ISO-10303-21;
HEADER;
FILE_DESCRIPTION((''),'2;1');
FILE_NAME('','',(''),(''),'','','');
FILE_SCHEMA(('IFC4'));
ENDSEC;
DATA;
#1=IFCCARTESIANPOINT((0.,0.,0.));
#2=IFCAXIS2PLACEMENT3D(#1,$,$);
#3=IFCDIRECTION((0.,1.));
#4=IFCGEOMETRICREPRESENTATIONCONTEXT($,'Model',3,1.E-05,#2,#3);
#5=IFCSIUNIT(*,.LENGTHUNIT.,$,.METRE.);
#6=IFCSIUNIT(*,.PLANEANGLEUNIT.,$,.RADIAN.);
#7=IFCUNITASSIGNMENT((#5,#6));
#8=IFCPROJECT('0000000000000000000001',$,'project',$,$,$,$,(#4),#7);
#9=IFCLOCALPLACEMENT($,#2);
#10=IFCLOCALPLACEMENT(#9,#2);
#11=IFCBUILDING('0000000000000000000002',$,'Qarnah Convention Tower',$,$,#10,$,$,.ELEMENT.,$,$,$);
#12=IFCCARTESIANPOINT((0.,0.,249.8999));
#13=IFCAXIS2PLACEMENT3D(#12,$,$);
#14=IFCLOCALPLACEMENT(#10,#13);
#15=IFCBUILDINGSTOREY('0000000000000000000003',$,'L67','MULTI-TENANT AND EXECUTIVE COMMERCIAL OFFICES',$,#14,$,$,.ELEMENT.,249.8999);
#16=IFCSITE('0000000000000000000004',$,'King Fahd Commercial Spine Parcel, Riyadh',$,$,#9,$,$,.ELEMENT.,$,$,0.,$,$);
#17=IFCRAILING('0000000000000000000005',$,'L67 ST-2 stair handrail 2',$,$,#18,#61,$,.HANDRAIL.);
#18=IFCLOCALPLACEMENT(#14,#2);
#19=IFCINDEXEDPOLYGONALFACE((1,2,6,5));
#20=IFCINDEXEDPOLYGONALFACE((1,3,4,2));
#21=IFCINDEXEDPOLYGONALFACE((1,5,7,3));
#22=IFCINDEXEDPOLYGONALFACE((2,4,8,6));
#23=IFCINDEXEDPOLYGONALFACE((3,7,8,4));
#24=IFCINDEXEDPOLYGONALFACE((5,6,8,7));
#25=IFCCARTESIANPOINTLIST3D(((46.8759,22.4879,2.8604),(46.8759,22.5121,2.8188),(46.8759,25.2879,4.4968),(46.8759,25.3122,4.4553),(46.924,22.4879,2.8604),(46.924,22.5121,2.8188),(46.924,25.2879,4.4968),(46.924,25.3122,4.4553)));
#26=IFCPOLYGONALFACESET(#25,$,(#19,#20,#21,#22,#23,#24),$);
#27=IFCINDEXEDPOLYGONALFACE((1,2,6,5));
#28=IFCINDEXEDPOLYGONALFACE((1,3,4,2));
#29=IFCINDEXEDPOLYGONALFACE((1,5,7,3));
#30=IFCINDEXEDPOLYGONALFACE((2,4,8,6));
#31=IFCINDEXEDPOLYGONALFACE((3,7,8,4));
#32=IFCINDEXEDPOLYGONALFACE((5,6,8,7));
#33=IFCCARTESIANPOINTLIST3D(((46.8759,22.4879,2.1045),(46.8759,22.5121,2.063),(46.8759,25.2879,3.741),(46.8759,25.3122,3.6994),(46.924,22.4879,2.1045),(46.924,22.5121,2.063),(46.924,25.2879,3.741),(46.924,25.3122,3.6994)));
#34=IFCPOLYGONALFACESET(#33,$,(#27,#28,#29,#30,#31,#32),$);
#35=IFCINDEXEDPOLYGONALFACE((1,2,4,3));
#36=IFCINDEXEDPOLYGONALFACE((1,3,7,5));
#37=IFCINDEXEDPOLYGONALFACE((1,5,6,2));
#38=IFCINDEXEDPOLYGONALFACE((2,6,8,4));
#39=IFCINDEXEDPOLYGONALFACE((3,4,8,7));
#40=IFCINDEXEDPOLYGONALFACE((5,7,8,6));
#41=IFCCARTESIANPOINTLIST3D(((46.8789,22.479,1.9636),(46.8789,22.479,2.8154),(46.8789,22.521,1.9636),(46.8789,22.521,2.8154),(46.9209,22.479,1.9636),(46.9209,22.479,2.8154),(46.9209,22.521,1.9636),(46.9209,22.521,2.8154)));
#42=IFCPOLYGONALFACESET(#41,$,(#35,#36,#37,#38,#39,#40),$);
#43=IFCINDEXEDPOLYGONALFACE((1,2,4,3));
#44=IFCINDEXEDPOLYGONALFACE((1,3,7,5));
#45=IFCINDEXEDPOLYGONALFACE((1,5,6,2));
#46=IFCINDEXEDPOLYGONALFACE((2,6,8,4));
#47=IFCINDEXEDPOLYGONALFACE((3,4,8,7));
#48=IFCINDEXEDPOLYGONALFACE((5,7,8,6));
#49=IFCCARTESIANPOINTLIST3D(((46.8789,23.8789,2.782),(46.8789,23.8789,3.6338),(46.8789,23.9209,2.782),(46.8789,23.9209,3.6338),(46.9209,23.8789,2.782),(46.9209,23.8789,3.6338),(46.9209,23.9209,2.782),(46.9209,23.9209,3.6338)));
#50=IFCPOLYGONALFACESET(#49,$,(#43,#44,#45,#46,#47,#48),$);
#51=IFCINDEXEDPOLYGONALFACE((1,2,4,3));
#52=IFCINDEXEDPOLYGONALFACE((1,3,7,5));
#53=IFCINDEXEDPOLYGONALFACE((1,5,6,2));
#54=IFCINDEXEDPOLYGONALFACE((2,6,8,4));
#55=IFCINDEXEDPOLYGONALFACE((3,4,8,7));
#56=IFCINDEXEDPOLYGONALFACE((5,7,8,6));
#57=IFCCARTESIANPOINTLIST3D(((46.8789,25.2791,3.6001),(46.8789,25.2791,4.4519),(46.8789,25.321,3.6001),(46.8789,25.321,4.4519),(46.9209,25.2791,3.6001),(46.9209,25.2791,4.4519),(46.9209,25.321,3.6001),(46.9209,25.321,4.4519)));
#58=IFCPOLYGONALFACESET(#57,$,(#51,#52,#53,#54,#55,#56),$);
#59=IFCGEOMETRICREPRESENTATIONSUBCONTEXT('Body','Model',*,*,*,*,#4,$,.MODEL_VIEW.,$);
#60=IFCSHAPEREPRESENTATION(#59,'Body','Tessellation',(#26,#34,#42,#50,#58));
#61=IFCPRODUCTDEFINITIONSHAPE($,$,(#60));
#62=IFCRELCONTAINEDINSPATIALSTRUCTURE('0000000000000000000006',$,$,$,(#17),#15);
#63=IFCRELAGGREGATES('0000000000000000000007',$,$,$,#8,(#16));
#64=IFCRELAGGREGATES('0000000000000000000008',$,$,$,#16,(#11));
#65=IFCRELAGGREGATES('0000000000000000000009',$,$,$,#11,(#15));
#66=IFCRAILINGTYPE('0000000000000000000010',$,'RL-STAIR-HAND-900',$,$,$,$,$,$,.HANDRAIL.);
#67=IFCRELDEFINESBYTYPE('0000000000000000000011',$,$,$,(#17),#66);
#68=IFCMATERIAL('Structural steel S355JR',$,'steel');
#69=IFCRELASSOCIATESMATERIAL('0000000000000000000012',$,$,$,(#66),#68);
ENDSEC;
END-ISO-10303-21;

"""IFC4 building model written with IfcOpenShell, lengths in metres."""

from ifc_helpers import new_model, si_unit, direction, frame, origin, origin_2d, place, context, subcontext, project, spatial, rectangle, extrude, material, type_object, element, save


model = new_model("IFC4")

# Units and contexts
model_context = context("Model", 3, precision=1e-05, world=origin(), true_north=direction((0.0, 1.0)))
body_context = subcontext(model_context, "Body", "Model", "MODEL_VIEW")
ifc_project = project(units=[si_unit("LENGTHUNIT", "METRE"), si_unit("PLANEANGLEUNIT", "RADIAN")], contexts=[model_context])

# Site, building, storey
site_placement = place(None, origin())
site = spatial("IfcSite", under=ifc_project, at=site_placement, Name="King Fahd Commercial Spine Parcel, Riyadh", CompositionType="ELEMENT", RefElevation=0.0)
building_placement = place(site_placement, origin())
building = spatial("IfcBuilding", under=site, at=building_placement, Name="Qarnah Convention Tower", CompositionType="ELEMENT")
storey_placement = place(building_placement, frame((0.0, 0.0, 249.8999)))
storey = spatial("IfcBuildingStorey", under=building, at=storey_placement, Name="L67", Description="MULTI-TENANT AND EXECUTIVE COMMERCIAL OFFICES", CompositionType="ELEMENT", Elevation=249.8999)

# Shared definitions
ifc_material_1 = material(Name="Structural steel S355JR", Category="steel")

# Railing
railing_type_1 = type_object("IfcRailingType", Name="RL-STAIR-HAND-900", PredefinedType="HANDRAIL", material=ifc_material_1)
railing_1_placement = place(storey_placement, frame((46.8999, 22.5, 1.9636)))
element("IfcRailing", 1, at=railing_1_placement, inside=storey, type_object=railing_type_1, Name="L67 ST-2 stair handrail 2", PredefinedType="HANDRAIL", context=body_context, shape_type="SweptSolid", body=[
    extrude(rectangle(XDim=0.0481, YDim=0.0481, at=origin_2d()), frame((0.0, 0.0, 0.876), z_axis=(0.0, 0.863361, 0.504587), x_axis=(-1.0, 0.0, 0.0)), (0.0, 0.0, 1.0), 3.2432),
    extrude(rectangle(XDim=0.0481, YDim=0.0481, at=origin_2d()), frame((0.0, 0.0, 0.1201), z_axis=(0.0, 0.863361, 0.504587), x_axis=(-1.0, 0.0, 0.0)), (0.0, 0.0, 1.0), 3.2432),
    extrude(rectangle(XDim=0.042, YDim=0.042, at=origin_2d()), origin(), (0.0, 0.0, 1.0), 0.8518),
    extrude(rectangle(XDim=0.042, YDim=0.042, at=origin_2d()), frame((0.0, 1.3999, 0.8184)), (0.0, 0.0, 1.0), 0.8518),
    extrude(rectangle(XDim=0.042, YDim=0.042, at=origin_2d()), frame((0.0, 2.8, 1.6365)), (0.0, 0.0, 1.0), 0.8518),
])

save(model, "model.ifc")
